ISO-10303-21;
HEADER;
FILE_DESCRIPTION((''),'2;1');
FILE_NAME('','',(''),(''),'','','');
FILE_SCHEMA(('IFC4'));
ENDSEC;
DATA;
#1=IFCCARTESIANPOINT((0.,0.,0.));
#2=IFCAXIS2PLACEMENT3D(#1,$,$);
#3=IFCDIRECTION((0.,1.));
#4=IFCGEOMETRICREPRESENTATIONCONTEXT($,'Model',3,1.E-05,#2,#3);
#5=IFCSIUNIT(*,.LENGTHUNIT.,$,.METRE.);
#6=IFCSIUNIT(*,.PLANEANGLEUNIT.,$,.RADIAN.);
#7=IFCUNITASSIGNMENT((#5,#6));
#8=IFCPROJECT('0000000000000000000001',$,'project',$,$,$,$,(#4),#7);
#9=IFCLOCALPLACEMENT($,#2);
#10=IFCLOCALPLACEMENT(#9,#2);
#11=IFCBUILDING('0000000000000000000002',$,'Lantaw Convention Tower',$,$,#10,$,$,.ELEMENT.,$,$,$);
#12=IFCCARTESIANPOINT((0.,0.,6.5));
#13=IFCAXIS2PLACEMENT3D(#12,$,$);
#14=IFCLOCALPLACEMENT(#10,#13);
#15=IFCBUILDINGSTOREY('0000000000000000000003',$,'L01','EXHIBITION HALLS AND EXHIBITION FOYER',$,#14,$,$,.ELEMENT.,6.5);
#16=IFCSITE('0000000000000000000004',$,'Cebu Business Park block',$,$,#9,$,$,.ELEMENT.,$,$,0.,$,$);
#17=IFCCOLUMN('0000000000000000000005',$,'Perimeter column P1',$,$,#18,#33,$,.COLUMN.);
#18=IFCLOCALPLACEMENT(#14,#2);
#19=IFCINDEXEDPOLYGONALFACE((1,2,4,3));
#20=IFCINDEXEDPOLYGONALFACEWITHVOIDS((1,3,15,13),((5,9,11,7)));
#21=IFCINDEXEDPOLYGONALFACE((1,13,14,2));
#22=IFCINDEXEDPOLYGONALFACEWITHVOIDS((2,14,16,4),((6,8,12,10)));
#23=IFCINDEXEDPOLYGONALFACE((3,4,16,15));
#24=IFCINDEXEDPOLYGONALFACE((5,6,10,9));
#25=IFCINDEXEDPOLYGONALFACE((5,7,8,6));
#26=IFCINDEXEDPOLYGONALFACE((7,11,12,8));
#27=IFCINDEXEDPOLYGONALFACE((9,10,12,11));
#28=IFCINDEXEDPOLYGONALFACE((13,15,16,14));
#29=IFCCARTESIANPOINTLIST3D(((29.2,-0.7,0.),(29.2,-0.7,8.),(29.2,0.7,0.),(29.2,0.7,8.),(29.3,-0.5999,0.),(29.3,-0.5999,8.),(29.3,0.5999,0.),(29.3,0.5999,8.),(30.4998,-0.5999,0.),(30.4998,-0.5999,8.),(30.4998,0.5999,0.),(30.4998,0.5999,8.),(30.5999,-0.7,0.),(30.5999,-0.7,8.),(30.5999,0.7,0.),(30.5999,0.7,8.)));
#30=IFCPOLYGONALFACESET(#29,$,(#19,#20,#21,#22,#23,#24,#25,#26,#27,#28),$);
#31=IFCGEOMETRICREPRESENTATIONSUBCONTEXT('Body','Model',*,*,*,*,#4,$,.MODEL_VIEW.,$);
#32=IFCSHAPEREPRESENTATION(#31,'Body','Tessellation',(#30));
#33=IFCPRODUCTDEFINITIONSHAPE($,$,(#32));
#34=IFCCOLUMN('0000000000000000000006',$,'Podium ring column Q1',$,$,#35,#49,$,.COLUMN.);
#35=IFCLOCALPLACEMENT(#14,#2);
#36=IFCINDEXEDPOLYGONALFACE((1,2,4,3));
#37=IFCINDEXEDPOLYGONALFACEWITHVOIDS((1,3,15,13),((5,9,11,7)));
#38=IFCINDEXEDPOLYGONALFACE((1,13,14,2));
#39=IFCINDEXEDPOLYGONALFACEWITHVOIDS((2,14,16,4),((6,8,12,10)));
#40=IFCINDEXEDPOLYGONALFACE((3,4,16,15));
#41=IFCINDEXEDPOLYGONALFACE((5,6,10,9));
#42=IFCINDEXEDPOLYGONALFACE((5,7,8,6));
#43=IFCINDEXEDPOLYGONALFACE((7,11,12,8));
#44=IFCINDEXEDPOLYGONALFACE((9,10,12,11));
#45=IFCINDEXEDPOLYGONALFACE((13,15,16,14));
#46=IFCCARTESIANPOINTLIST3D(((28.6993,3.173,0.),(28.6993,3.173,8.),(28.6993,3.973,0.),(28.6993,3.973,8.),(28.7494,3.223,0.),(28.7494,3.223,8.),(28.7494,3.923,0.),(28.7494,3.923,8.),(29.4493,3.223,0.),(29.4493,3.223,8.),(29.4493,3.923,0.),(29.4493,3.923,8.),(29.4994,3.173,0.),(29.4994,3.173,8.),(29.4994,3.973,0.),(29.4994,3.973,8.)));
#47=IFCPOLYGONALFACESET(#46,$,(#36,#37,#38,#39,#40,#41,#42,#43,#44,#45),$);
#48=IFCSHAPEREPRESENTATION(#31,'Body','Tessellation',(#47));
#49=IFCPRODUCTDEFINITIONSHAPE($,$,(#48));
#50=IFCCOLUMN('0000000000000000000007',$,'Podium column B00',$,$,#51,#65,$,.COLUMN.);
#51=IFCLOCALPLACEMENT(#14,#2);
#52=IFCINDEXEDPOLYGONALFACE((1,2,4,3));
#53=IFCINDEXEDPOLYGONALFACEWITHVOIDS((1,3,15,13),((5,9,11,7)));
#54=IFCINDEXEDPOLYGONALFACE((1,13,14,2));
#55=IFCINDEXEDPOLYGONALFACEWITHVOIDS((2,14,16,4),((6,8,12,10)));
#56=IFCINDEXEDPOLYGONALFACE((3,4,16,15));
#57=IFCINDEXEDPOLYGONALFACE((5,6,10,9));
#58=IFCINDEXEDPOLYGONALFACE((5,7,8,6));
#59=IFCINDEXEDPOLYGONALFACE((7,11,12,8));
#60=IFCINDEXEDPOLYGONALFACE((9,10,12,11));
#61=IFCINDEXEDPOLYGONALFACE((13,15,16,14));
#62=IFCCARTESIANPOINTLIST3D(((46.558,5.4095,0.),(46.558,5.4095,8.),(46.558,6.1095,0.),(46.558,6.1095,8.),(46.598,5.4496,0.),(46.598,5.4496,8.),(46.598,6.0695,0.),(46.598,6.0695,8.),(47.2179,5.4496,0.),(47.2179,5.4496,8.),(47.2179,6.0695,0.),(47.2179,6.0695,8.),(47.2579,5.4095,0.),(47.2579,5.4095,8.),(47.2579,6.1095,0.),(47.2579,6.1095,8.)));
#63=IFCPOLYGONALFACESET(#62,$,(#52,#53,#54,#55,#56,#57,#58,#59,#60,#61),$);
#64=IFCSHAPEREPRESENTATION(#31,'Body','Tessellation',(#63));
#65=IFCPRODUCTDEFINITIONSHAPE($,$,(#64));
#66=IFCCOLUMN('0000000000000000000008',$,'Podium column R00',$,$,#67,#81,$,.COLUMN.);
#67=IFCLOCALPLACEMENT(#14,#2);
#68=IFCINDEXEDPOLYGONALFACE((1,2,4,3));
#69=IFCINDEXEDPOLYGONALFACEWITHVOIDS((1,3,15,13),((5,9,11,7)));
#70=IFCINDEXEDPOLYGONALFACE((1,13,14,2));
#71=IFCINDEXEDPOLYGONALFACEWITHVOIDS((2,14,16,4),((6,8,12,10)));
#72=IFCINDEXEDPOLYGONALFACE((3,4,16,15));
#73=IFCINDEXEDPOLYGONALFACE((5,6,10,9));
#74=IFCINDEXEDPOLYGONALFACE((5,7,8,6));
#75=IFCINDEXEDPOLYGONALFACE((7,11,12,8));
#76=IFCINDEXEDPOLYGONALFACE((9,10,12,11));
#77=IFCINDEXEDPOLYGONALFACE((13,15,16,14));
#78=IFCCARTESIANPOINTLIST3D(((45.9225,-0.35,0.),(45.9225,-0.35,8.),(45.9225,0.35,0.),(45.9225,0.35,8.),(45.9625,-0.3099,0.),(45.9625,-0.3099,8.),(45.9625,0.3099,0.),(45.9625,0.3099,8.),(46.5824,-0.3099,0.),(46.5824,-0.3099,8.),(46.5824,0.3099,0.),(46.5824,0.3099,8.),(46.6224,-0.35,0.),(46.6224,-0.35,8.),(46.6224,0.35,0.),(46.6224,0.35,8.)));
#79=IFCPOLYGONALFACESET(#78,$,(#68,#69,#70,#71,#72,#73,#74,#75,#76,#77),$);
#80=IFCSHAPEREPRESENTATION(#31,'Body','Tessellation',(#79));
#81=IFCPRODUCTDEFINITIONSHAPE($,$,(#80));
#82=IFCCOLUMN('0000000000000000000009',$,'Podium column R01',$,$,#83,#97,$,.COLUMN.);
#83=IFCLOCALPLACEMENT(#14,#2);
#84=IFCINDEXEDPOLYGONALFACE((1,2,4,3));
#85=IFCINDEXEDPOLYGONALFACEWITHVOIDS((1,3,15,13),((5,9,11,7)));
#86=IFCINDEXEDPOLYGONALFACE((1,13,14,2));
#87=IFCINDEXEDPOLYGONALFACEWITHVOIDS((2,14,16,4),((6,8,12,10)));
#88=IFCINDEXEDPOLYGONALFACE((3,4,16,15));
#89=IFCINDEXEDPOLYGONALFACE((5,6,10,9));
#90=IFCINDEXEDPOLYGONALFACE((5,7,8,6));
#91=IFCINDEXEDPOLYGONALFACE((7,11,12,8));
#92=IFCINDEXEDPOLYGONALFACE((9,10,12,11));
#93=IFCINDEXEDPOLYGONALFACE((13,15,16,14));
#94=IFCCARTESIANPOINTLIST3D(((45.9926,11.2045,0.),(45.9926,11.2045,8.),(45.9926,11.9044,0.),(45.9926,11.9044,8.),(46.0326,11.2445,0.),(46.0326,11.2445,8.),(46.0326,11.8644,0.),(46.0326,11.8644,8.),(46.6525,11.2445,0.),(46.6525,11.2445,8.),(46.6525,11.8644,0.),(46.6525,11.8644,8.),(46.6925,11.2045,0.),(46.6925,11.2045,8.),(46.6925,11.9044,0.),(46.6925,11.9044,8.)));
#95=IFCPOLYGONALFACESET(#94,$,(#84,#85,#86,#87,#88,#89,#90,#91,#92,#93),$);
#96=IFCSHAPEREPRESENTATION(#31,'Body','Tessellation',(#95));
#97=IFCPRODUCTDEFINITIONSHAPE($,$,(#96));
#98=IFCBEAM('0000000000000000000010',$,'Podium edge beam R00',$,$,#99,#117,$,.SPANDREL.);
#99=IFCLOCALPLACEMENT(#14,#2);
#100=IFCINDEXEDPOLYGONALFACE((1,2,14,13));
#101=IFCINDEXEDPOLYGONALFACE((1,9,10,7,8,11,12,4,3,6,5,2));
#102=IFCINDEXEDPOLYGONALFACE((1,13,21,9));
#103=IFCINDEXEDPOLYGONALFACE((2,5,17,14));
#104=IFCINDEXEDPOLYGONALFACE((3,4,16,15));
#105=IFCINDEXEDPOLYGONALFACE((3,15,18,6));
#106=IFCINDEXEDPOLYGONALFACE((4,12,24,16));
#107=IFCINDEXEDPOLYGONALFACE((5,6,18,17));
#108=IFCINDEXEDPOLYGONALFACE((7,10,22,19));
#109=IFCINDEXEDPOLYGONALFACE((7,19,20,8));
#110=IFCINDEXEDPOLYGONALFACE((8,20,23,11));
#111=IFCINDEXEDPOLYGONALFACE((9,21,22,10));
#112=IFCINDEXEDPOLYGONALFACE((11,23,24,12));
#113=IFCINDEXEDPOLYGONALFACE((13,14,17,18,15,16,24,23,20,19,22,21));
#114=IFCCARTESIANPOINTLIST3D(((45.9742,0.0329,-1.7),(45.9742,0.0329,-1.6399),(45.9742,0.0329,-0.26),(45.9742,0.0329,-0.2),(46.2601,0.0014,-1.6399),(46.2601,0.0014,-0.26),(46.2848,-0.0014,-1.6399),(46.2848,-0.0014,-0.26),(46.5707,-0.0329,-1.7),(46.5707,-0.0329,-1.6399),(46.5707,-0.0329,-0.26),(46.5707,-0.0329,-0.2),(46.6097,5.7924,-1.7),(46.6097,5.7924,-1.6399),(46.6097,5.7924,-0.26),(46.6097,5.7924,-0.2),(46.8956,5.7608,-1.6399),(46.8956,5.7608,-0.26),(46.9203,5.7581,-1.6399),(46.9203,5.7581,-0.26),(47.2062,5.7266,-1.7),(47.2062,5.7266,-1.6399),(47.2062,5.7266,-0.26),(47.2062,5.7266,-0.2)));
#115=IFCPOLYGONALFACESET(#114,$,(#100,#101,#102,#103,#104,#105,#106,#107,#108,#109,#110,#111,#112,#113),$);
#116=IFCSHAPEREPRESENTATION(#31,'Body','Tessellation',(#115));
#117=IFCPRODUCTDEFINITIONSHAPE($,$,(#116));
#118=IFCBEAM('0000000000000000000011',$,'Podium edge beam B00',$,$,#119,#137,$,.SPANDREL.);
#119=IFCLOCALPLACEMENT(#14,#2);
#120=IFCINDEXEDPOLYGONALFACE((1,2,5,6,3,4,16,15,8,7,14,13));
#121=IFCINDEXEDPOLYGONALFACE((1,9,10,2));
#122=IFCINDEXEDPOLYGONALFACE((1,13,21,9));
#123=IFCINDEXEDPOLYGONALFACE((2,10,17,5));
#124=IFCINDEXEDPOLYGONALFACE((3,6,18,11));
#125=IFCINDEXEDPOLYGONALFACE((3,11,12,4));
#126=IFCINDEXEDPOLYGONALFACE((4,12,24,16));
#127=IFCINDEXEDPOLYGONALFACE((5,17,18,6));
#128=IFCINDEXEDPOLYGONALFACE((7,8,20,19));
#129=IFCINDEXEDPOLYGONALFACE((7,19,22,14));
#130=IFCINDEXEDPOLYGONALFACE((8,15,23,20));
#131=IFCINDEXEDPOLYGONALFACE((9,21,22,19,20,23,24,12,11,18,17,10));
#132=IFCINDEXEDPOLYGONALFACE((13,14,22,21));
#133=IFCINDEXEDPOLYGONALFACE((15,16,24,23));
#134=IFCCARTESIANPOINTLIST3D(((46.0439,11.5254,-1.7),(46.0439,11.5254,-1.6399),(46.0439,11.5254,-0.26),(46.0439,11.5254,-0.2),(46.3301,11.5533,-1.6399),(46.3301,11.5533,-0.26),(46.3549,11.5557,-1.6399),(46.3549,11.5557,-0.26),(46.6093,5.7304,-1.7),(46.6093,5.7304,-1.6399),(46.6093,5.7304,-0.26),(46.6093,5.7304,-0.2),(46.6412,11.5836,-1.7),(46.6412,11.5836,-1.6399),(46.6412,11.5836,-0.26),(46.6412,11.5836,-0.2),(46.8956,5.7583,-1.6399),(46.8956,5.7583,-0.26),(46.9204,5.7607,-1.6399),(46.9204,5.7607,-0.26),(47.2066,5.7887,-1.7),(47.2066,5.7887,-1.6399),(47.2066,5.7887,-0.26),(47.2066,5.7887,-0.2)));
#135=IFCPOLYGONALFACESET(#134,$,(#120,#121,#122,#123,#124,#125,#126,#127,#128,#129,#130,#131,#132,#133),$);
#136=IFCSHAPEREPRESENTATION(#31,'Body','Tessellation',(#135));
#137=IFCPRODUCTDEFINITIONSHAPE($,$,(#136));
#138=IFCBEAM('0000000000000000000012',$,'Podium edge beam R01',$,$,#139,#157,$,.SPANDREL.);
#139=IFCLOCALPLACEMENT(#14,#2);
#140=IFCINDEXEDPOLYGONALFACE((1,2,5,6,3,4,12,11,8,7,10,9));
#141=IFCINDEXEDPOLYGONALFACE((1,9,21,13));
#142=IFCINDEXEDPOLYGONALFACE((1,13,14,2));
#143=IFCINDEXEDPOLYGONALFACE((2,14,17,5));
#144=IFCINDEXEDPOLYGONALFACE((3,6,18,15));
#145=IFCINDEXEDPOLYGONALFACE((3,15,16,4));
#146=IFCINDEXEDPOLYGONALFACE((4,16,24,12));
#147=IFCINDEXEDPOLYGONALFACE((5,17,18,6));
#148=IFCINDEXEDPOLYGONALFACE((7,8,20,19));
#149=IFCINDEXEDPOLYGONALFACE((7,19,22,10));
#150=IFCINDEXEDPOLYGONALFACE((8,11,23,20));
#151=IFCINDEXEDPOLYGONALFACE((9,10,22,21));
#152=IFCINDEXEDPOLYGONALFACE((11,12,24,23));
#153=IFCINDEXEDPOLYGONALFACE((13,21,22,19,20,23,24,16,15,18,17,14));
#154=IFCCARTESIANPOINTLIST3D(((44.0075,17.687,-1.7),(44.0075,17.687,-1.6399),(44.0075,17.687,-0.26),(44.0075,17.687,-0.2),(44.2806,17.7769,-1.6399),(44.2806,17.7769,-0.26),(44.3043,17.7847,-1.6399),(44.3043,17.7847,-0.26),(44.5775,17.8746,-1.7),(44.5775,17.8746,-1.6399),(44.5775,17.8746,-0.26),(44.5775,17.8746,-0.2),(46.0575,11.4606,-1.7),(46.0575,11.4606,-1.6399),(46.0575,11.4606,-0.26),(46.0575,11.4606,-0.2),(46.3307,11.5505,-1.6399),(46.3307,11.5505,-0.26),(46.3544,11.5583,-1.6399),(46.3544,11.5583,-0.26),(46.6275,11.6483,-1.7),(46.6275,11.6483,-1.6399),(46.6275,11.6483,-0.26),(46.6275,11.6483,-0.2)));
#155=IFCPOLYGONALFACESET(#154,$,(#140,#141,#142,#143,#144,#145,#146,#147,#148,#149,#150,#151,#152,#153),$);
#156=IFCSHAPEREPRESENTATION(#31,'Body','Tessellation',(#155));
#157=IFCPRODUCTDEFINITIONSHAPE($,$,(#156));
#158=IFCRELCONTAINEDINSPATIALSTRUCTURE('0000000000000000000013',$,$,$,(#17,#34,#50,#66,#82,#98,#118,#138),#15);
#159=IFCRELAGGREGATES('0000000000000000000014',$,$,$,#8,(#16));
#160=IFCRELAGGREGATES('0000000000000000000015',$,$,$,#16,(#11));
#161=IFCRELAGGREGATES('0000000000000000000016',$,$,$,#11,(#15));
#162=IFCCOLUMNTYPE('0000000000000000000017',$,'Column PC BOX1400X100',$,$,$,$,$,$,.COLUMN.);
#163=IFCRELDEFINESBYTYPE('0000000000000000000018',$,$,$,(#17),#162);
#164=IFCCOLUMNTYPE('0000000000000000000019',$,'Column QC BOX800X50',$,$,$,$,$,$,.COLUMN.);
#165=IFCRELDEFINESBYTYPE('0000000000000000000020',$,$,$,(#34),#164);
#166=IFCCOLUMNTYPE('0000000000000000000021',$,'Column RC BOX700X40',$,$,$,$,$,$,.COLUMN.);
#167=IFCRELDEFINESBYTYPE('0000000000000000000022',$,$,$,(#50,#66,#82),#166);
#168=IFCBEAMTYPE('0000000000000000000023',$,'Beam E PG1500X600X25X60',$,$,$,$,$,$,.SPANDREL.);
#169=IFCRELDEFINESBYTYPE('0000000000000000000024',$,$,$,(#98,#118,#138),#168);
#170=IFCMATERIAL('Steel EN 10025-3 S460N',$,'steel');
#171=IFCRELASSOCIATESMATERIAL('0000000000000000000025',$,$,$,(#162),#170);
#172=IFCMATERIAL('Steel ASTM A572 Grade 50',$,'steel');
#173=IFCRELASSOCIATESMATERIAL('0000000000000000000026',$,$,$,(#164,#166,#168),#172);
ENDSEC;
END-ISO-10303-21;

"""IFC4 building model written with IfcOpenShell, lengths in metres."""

from ifc_helpers import new_model, si_unit, direction, frame, origin, origin_2d, place, context, subcontext, project, spatial, rectangle, hollow_rectangle, i_section, extrude, material, material_profile, profile_set, type_object, element, save


model = new_model("IFC4")

# Units and contexts
model_context = context("Model", 3, precision=1e-05, world=origin(), true_north=direction((0.0, 1.0)))
body_context = subcontext(model_context, "Body", "Model", "MODEL_VIEW")
ifc_project = project(units=[si_unit("LENGTHUNIT", "METRE"), si_unit("PLANEANGLEUNIT", "RADIAN")], contexts=[model_context])

# Site, building, storey
site_placement = place(None, origin())
site = spatial("IfcSite", under=ifc_project, at=site_placement, Name="Cebu Business Park block", CompositionType="ELEMENT", RefElevation=0.0)
building_placement = place(site_placement, origin())
building = spatial("IfcBuilding", under=site, at=building_placement, Name="Lantaw Convention Tower", CompositionType="ELEMENT")
storey_placement = place(building_placement, frame((0.0, 0.0, 6.5)))
storey = spatial("IfcBuildingStorey", under=building, at=storey_placement, Name="L01", Description="EXHIBITION HALLS AND EXHIBITION FOYER", CompositionType="ELEMENT", Elevation=6.5)

# Columns
ifc_material_1 = material(Name="Steel EN 10025-3 S460N", Category="steel")
ifc_material_profile_1 = material_profile(ifc_material_1, hollow_rectangle(XDim=1.3999, YDim=1.3999, WallThickness=0.1001, at=origin_2d()), Name="BOX1400X100")
ifc_material_2 = material(Name="Concrete C60/75", Category="concrete")
ifc_material_profile_2 = material_profile(ifc_material_2, rectangle(XDim=1.2, YDim=1.2, at=origin_2d()), Name="Concrete fill of BOX1400X100")
ifc_profile_set_1 = profile_set([ifc_material_profile_1, ifc_material_profile_2], Name="Steel EN 10025-3 S460N")
column_type_1 = type_object("IfcColumnType", Name="Column PC BOX1400X100", PredefinedType="COLUMN", material=ifc_profile_set_1)
column_1_placement = place(storey_placement, frame((29.8999, 0.0, 0.0), z_axis=(0.0, 0.0, 1.0), x_axis=(1.0, 0.0, 0.0)))
element("IfcColumn", 1, at=column_1_placement, inside=storey, type_object=column_type_1, Name="Perimeter column P1", PredefinedType="COLUMN", context=body_context, shape_type="SweptSolid", body=[
    extrude(hollow_rectangle(XDim=1.3999, YDim=1.3999, WallThickness=0.1001, at=origin_2d()), origin(), (0.0, 0.0, 1.0), 8.0),
])
ifc_material_3 = material(Name="Steel ASTM A572 Grade 50", Category="steel")
ifc_material_profile_3 = material_profile(ifc_material_3, hollow_rectangle(XDim=0.8, YDim=0.8, WallThickness=0.05, at=origin_2d()), Name="BOX800X50")
ifc_profile_set_2 = profile_set([ifc_material_profile_3], Name="Steel ASTM A572 Grade 50")
column_type_2 = type_object("IfcColumnType", Name="Column QC BOX800X50", PredefinedType="COLUMN", material=ifc_profile_set_2)
column_2_placement = place(storey_placement, frame((29.0994, 3.573, 0.0), z_axis=(0.0, 0.0, 1.0), x_axis=(1.0, 0.0, 0.0)))
element("IfcColumn", 2, at=column_2_placement, inside=storey, type_object=column_type_2, Name="Podium ring column Q1", PredefinedType="COLUMN", context=body_context, shape_type="SweptSolid", body=[
    extrude(hollow_rectangle(XDim=0.8, YDim=0.8, WallThickness=0.05, at=origin_2d()), origin(), (0.0, 0.0, 1.0), 8.0),
])
ifc_material_profile_4 = material_profile(ifc_material_3, hollow_rectangle(XDim=0.7, YDim=0.7, WallThickness=0.04, at=origin_2d()), Name="BOX700X40")
ifc_profile_set_3 = profile_set([ifc_material_profile_4], Name="Steel ASTM A572 Grade 50")
column_type_3 = type_object("IfcColumnType", Name="Column RC BOX700X40", PredefinedType="COLUMN", material=ifc_profile_set_3)
for number, where, z_axis, x_axis, name in (
    (3, (46.908, 5.7595, 0.0), (0.0, 0.0, 1.0), (1.0, 0.0, 0.0), "Podium column B00"),
    (4, (46.2725, 0.0, 0.0), (0.0, 0.0, 1.0), (1.0, 0.0, 0.0), "Podium column R00"),
    (5, (46.3425, 11.5544, 0.0), (0.0, 0.0, 1.0), (1.0, 0.0, 0.0), "Podium column R01"),
):
    element("IfcColumn", number, at=place(storey_placement, frame(where, z_axis=z_axis, x_axis=x_axis)), inside=storey, type_object=column_type_3, Name=name, PredefinedType="COLUMN", context=body_context, shape_type="SweptSolid", body=[
        extrude(hollow_rectangle(XDim=0.7, YDim=0.7, WallThickness=0.04, at=origin_2d()), origin(), (0.0, 0.0, 1.0), 8.0),
    ])

# Beams
ifc_material_profile_5 = material_profile(ifc_material_3, i_section(OverallWidth=0.6001, OverallDepth=1.5, WebThickness=0.0249, FlangeThickness=0.0601, at=origin_2d()), Name="PG1500X600X25X60")
ifc_profile_set_4 = profile_set([ifc_material_profile_5], Name="Steel ASTM A572 Grade 50")
beam_type_1 = type_object("IfcBeamType", Name="Beam E PG1500X600X25X60", PredefinedType="SPANDREL", material=ifc_profile_set_4)
beam_1_placement = place(storey_placement, frame((46.2725, 0.0, -0.95), z_axis=(0.109673, 0.993968, 0.0), x_axis=(-0.993968, 0.109673, 0.0)))
element("IfcBeam", 6, at=beam_1_placement, inside=storey, type_object=beam_type_1, Name="Podium edge beam R00", PredefinedType="SPANDREL", context=body_context, shape_type="SweptSolid", body=[
    extrude(i_section(OverallWidth=0.6001, OverallDepth=1.5, WebThickness=0.0249, FlangeThickness=0.0601, at=origin_2d()), origin(), (0.0, 0.0, 1.0), 5.7944),
])
beam_2_placement = place(storey_placement, frame((46.908, 5.7595, -0.95), z_axis=(-0.097112, 0.995273, 0.0), x_axis=(-0.995273, -0.097112, 0.0)))
element("IfcBeam", 7, at=beam_2_placement, inside=storey, type_object=beam_type_1, Name="Podium edge beam B00", PredefinedType="SPANDREL", context=body_context, shape_type="SweptSolid", body=[
    extrude(i_section(OverallWidth=0.6001, OverallDepth=1.5, WebThickness=0.0249, FlangeThickness=0.0601, at=origin_2d()), origin(), (0.0, 0.0, 1.0), 5.8225),
])
beam_3_placement = place(storey_placement, frame((46.3425, 11.5544, -0.95), z_axis=(-0.31274, 0.949839, 0.0), x_axis=(-0.949839, -0.31274, 0.0)))
element("IfcBeam", 8, at=beam_3_placement, inside=storey, type_object=beam_type_1, Name="Podium edge beam R01", PredefinedType="SPANDREL", context=body_context, shape_type="SweptSolid", body=[
    extrude(i_section(OverallWidth=0.6001, OverallDepth=1.5, WebThickness=0.0249, FlangeThickness=0.0601, at=origin_2d()), origin(), (0.0, 0.0, 1.0), 6.5552),
])

save(model, "model.ifc")
